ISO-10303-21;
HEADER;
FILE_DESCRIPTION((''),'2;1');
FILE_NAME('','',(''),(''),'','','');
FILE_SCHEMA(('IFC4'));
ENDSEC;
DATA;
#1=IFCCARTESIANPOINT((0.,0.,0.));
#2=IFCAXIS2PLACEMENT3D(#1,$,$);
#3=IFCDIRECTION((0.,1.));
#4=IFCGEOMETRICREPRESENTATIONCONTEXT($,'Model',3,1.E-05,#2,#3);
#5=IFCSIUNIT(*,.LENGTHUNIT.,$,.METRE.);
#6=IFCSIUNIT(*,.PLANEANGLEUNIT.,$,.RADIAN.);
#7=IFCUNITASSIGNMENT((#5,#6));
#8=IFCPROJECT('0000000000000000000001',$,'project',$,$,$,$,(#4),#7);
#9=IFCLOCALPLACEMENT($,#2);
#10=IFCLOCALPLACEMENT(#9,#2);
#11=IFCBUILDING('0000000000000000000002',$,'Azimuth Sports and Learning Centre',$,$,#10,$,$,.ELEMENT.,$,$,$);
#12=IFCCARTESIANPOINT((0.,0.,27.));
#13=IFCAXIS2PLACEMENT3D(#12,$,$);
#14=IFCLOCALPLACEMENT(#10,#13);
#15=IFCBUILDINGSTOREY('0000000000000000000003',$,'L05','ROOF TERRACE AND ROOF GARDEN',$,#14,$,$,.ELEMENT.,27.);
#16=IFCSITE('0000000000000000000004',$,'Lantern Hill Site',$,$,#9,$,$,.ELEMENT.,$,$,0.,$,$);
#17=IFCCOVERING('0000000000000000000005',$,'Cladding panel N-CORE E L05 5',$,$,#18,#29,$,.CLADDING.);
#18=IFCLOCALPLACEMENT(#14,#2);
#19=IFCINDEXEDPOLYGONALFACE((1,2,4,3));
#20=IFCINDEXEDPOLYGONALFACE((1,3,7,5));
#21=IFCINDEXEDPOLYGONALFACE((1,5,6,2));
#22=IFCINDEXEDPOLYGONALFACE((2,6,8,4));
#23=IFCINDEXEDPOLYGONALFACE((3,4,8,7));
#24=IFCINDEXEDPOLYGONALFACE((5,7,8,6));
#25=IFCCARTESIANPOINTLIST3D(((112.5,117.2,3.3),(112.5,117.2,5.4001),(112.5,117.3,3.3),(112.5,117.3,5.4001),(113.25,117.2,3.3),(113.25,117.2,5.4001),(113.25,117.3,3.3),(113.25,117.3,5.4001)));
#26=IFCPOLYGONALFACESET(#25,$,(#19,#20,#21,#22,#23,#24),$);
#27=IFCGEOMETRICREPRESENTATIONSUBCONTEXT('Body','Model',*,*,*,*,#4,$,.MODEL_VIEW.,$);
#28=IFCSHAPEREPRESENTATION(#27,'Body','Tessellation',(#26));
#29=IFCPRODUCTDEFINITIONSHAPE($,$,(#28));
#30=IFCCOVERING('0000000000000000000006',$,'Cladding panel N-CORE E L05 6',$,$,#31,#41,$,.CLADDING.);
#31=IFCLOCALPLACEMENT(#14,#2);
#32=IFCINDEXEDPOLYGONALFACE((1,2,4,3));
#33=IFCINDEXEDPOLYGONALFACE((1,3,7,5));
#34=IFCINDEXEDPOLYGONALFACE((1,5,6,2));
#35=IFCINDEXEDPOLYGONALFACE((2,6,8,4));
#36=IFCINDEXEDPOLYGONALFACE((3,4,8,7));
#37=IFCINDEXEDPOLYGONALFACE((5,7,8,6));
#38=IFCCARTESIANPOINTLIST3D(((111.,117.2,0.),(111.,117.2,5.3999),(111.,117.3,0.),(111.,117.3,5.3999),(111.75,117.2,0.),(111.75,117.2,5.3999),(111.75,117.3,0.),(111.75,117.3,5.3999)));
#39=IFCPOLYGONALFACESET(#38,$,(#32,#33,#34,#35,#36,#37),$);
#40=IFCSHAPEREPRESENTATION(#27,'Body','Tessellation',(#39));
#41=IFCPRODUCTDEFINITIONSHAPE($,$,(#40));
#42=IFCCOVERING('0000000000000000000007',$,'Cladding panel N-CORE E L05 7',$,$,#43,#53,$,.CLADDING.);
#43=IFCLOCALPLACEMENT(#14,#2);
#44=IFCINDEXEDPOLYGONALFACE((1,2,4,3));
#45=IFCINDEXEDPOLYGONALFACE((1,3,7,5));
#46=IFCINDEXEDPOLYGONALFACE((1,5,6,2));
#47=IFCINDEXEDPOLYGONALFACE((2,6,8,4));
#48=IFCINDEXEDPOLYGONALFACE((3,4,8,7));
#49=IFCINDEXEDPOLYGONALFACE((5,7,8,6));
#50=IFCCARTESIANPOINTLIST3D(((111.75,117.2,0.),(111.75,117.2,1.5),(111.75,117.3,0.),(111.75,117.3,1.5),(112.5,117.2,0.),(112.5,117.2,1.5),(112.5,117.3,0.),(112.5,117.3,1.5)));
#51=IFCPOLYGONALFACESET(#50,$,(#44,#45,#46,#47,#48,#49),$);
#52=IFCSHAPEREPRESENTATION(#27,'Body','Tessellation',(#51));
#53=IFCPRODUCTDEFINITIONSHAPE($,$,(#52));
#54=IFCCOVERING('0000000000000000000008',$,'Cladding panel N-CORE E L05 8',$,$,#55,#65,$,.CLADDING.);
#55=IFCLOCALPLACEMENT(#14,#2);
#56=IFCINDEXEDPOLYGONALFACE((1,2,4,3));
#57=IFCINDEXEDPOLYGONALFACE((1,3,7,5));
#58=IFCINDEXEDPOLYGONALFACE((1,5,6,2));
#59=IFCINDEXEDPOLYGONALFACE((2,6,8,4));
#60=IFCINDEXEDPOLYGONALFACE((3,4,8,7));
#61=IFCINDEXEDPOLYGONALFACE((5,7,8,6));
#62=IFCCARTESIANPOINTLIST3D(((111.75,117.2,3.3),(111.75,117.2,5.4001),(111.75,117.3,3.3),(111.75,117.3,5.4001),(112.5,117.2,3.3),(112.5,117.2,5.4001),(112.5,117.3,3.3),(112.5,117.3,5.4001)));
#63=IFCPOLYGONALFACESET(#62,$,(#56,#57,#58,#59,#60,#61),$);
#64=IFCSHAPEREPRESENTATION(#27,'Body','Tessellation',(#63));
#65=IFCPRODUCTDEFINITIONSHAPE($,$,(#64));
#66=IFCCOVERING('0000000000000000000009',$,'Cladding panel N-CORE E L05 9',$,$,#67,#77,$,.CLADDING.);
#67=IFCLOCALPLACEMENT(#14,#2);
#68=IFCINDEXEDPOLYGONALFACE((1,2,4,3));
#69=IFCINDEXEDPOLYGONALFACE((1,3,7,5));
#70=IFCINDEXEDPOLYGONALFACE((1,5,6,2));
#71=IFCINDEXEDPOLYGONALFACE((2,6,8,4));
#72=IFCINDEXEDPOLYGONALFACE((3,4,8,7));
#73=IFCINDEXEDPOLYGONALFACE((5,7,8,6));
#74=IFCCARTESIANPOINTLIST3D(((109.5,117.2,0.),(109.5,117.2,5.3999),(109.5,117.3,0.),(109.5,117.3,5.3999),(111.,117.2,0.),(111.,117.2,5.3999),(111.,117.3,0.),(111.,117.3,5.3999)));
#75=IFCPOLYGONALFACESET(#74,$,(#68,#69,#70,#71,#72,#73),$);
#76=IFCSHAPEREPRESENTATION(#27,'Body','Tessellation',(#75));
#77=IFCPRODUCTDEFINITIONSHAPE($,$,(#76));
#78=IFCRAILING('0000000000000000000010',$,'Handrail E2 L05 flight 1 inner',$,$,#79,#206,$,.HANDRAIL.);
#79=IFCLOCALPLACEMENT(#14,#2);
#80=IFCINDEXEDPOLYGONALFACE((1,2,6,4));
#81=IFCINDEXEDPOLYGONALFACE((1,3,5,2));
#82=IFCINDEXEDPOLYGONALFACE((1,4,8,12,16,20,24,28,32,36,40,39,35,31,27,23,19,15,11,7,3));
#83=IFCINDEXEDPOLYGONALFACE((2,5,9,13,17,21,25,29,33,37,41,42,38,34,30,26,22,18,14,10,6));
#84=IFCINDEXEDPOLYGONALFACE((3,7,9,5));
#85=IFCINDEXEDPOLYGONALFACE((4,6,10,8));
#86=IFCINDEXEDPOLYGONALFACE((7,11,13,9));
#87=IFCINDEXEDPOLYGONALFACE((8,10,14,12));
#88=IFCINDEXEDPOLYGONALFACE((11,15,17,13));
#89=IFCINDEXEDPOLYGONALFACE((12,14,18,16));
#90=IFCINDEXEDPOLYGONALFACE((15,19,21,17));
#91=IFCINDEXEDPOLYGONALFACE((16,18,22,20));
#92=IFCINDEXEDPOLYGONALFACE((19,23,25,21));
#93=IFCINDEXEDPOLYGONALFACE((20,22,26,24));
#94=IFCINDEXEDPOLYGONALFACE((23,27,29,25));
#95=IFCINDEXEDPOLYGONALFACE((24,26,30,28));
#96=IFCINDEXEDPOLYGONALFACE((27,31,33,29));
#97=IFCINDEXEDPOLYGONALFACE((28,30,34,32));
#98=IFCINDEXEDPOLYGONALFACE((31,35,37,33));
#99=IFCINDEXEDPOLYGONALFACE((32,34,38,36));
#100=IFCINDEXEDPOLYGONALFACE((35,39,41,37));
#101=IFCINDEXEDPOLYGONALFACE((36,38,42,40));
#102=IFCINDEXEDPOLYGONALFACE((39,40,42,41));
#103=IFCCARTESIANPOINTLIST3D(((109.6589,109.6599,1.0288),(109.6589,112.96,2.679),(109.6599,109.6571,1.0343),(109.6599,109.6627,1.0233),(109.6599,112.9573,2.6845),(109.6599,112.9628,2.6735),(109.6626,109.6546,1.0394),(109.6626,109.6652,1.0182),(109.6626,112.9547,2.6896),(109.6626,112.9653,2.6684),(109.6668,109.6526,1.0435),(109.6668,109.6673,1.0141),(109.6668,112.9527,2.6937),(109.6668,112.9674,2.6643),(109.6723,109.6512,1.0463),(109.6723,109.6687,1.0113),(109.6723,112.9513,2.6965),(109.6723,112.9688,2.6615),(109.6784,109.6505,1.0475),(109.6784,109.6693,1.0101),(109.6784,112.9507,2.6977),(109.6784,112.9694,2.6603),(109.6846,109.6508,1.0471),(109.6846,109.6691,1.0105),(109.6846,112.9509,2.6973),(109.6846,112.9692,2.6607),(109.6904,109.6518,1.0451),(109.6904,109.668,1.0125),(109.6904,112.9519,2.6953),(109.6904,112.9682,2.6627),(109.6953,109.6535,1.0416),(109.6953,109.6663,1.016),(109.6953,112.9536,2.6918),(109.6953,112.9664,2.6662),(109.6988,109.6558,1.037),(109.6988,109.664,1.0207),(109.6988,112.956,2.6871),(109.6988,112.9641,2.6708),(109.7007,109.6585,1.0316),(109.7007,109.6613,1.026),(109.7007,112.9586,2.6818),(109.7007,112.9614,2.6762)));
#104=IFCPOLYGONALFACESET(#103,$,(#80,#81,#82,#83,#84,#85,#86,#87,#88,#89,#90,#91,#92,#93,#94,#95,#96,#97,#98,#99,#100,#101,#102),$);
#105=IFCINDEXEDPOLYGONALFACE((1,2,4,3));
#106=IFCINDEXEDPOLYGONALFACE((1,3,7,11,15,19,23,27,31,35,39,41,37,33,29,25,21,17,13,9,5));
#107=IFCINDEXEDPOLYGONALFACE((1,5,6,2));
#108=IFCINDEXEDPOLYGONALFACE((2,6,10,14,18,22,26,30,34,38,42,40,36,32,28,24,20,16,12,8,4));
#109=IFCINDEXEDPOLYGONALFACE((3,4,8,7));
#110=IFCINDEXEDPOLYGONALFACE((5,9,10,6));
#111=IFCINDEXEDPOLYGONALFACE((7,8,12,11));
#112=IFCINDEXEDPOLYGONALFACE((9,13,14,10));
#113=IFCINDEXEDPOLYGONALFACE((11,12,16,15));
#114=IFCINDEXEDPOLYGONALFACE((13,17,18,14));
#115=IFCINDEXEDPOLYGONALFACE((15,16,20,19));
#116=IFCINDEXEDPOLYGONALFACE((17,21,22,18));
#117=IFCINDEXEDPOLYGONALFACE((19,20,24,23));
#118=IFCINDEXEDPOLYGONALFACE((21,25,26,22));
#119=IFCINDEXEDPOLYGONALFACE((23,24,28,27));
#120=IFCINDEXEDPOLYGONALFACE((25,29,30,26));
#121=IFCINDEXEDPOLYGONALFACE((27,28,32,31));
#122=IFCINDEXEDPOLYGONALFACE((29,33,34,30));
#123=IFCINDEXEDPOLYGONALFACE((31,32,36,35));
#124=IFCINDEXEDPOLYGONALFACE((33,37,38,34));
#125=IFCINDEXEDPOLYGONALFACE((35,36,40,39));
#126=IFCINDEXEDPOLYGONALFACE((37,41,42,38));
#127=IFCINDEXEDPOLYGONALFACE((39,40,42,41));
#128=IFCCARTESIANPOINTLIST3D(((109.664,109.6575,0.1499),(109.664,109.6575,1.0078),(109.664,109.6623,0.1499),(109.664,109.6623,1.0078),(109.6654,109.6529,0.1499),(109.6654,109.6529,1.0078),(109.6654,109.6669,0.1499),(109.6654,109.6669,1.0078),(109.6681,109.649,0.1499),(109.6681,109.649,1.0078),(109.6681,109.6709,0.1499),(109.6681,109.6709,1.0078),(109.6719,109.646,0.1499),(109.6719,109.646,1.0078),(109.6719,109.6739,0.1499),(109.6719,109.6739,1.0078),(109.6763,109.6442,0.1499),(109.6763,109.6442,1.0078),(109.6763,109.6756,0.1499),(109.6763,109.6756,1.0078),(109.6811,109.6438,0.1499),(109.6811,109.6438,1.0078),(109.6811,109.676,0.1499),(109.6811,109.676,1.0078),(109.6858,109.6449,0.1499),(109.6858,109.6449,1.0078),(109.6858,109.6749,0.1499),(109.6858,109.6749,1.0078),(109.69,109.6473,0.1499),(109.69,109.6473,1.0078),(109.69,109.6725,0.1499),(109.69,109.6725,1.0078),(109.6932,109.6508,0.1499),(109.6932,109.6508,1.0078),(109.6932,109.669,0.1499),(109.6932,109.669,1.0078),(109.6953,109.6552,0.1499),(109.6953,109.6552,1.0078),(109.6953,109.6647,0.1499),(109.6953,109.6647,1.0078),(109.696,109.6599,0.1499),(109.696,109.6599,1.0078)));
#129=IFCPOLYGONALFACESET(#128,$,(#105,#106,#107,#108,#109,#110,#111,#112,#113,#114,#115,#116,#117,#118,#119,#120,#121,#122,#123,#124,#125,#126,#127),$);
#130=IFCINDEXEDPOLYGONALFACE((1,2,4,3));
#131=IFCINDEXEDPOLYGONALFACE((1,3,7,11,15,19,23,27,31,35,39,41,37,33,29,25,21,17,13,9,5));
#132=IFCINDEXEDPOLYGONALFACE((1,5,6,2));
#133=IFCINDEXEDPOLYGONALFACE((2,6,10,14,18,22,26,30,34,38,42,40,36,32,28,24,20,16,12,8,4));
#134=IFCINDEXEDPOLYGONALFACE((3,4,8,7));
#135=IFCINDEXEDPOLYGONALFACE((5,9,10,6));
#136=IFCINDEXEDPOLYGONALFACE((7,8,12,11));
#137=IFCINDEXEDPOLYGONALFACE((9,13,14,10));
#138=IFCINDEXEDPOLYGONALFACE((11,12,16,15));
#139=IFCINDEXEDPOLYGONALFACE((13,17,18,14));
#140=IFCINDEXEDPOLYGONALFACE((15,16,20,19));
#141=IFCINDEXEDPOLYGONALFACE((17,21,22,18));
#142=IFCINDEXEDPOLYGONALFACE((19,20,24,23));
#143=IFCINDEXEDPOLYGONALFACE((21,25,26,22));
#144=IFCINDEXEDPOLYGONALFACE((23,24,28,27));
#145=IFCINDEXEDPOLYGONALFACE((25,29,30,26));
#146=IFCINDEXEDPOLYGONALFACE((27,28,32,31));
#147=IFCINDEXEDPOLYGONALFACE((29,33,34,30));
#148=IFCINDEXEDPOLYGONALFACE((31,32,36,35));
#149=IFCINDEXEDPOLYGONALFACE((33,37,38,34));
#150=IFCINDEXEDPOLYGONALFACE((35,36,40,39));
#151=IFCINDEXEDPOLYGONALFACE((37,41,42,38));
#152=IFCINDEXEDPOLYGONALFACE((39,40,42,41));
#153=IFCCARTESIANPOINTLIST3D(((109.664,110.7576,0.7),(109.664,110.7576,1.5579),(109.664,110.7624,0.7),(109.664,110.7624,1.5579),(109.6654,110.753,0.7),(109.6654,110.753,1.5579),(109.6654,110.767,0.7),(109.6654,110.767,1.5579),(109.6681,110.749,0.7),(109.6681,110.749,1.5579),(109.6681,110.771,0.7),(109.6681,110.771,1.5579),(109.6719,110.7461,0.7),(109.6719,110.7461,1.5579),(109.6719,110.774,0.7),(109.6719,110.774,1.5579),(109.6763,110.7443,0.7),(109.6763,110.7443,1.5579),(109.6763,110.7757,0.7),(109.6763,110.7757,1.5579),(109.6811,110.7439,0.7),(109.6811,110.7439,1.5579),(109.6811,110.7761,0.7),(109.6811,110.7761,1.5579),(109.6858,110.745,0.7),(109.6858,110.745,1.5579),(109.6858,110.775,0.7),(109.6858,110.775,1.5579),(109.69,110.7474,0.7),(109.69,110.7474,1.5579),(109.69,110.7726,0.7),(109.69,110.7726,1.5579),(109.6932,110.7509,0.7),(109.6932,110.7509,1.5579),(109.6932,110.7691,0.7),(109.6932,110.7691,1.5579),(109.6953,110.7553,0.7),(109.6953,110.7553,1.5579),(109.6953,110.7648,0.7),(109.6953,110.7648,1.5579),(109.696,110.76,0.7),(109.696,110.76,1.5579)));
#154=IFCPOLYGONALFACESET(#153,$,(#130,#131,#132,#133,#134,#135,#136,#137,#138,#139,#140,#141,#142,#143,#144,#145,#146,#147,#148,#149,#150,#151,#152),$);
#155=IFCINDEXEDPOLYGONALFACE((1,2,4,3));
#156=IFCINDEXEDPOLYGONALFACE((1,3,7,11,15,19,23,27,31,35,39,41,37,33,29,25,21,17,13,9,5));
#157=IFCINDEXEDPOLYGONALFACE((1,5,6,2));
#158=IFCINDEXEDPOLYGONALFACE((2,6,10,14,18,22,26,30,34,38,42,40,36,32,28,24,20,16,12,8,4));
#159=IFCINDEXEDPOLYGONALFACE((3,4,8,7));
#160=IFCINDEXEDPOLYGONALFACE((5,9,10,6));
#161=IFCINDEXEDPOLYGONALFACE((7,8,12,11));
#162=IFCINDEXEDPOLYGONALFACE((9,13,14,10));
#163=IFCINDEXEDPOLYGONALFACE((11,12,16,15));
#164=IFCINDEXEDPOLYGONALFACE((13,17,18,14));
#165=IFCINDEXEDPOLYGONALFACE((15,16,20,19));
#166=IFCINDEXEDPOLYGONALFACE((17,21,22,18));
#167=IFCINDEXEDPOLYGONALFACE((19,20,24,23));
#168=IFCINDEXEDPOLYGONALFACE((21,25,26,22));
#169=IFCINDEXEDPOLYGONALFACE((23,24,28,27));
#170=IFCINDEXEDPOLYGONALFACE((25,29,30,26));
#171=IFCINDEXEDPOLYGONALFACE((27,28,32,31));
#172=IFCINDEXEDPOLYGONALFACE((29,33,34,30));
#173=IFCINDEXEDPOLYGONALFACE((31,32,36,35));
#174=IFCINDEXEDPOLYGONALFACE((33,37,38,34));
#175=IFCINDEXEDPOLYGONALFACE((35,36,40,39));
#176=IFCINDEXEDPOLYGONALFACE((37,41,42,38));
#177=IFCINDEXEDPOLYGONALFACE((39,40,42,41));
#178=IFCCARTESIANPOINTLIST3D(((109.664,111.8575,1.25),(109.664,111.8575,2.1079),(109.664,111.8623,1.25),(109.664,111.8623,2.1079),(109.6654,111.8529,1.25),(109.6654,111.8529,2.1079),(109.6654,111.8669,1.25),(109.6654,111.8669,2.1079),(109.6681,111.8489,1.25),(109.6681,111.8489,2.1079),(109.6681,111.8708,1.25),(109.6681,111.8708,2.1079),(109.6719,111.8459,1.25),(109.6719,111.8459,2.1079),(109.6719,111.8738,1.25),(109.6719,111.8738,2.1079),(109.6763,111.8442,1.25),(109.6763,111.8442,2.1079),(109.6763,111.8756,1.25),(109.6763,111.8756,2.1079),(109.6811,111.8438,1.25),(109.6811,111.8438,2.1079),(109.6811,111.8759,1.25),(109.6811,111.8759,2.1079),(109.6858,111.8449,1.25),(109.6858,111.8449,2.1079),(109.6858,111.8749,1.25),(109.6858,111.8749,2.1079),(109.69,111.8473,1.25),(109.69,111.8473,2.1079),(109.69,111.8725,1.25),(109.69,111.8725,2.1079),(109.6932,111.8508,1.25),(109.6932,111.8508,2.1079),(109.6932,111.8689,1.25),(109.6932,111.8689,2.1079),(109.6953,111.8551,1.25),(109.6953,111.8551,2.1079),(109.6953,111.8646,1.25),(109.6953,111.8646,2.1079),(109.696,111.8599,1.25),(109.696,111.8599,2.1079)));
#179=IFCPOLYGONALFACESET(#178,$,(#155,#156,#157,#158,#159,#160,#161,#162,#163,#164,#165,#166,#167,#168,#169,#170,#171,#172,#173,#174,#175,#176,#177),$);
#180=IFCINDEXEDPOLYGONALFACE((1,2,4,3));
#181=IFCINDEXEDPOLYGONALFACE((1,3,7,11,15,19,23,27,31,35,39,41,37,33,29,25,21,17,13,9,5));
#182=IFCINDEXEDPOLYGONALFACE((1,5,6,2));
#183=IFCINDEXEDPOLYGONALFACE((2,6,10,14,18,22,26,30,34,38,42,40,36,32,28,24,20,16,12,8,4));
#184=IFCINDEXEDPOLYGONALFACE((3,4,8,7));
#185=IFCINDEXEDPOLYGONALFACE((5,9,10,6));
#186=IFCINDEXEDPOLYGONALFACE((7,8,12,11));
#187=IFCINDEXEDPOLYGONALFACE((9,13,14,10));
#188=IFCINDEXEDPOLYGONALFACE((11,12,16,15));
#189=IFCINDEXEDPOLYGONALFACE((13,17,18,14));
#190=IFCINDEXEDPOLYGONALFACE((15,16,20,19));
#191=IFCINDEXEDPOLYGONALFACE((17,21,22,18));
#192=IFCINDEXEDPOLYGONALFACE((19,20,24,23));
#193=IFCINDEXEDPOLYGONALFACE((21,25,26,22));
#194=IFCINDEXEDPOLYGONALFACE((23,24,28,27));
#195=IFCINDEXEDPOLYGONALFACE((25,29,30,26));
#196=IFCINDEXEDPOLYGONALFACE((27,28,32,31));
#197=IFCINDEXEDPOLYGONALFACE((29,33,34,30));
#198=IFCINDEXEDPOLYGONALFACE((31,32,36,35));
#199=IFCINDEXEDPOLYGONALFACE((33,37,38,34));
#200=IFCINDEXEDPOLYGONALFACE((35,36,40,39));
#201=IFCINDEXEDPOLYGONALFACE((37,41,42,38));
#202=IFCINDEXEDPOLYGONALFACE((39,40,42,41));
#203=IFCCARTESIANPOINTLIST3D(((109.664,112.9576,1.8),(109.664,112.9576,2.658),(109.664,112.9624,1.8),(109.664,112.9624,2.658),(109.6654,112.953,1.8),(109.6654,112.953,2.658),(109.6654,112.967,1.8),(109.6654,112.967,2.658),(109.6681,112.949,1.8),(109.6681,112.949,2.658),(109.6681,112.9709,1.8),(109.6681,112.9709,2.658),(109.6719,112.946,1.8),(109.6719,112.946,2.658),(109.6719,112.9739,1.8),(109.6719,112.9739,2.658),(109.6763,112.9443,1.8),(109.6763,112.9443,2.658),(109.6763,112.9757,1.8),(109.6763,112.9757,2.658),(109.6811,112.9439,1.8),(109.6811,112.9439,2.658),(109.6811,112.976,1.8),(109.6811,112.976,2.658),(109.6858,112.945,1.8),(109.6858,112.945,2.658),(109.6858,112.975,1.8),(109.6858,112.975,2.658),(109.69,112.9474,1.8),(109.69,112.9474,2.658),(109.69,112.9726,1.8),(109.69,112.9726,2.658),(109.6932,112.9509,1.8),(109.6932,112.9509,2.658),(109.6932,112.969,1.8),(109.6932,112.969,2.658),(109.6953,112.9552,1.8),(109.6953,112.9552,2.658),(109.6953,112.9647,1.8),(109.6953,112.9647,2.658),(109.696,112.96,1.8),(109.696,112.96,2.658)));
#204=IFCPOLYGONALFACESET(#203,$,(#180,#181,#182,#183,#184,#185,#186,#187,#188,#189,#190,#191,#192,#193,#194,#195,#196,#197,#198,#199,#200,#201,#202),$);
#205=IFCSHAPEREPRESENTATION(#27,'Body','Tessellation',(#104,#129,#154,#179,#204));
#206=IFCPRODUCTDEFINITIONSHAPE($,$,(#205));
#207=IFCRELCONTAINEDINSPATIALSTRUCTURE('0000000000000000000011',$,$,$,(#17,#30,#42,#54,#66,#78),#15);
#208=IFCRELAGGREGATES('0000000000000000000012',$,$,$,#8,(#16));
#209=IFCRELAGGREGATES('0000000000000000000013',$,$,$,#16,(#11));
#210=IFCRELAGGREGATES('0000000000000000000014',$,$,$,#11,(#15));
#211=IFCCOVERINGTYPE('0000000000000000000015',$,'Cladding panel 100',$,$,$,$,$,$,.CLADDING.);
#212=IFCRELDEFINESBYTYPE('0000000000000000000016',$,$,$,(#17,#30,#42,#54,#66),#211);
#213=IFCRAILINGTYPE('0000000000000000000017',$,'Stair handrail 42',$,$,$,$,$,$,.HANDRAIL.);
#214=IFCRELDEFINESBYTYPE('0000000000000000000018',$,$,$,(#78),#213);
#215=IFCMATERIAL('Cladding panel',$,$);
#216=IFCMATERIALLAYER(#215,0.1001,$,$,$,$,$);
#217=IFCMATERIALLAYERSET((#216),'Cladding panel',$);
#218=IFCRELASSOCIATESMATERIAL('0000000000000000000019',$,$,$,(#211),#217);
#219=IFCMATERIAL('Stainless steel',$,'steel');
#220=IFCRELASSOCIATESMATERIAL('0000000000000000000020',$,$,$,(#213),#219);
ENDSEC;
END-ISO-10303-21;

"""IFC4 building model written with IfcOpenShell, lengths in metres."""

from ifc_helpers import new_model, si_unit, direction, frame, origin, origin_2d, place, context, subcontext, project, spatial, rectangle, circle, extrude, material, layer, layer_set, type_object, element, save


model = new_model("IFC4")

# Units and contexts
model_context = context("Model", 3, precision=1e-05, world=origin(), true_north=direction((0.0, 1.0)))
body_context = subcontext(model_context, "Body", "Model", "MODEL_VIEW")
ifc_project = project(units=[si_unit("LENGTHUNIT", "METRE"), si_unit("PLANEANGLEUNIT", "RADIAN")], contexts=[model_context])

# Site, building, storey
site_placement = place(None, origin())
site = spatial("IfcSite", under=ifc_project, at=site_placement, Name="Lantern Hill Site", CompositionType="ELEMENT", RefElevation=0.0)
building_placement = place(site_placement, origin())
building = spatial("IfcBuilding", under=site, at=building_placement, Name="Azimuth Sports and Learning Centre", CompositionType="ELEMENT")
storey_placement = place(building_placement, frame((0.0, 0.0, 27.0)))
storey = spatial("IfcBuildingStorey", under=building, at=storey_placement, Name="L05", Description="ROOF TERRACE AND ROOF GARDEN", CompositionType="ELEMENT", Elevation=27.0)

# Coverings
ifc_material_1 = material(Name="Cladding panel")
ifc_layer = layer(ifc_material_1, 0.1001)
ifc_layer_set = layer_set([ifc_layer], Name="Cladding panel")
covering_type = type_object("IfcCoveringType", Name="Cladding panel 100", PredefinedType="CLADDING", material=ifc_layer_set)
covering_1_placement = place(storey_placement, frame((112.875, 117.25, 3.3), z_axis=(0.0, 0.0, 1.0), x_axis=(-1.0, 0.0, 0.0)))
element("IfcCovering", 1, at=covering_1_placement, inside=storey, type_object=covering_type, Name="Cladding panel N-CORE E L05 5", PredefinedType="CLADDING", context=body_context, shape_type="SweptSolid", body=[
    extrude(rectangle(XDim=0.75, YDim=0.1001, at=origin_2d()), origin(), (0.0, 0.0, 1.0), 2.1001),
])
covering_2_placement = place(storey_placement, frame((111.375, 117.25, 0.0), z_axis=(0.0, 0.0, 1.0), x_axis=(-1.0, 0.0, 0.0)))
element("IfcCovering", 2, at=covering_2_placement, inside=storey, type_object=covering_type, Name="Cladding panel N-CORE E L05 6", PredefinedType="CLADDING", context=body_context, shape_type="SweptSolid", body=[
    extrude(rectangle(XDim=0.75, YDim=0.1001, at=origin_2d()), origin(), (0.0, 0.0, 1.0), 5.3999),
])
covering_3_placement = place(storey_placement, frame((112.125, 117.25, 0.0), z_axis=(0.0, 0.0, 1.0), x_axis=(-1.0, 0.0, 0.0)))
element("IfcCovering", 3, at=covering_3_placement, inside=storey, type_object=covering_type, Name="Cladding panel N-CORE E L05 7", PredefinedType="CLADDING", context=body_context, shape_type="SweptSolid", body=[
    extrude(rectangle(XDim=0.75, YDim=0.1001, at=origin_2d()), origin(), (0.0, 0.0, 1.0), 1.5),
])
covering_4_placement = place(storey_placement, frame((112.125, 117.25, 3.3), z_axis=(0.0, 0.0, 1.0), x_axis=(-1.0, 0.0, 0.0)))
element("IfcCovering", 4, at=covering_4_placement, inside=storey, type_object=covering_type, Name="Cladding panel N-CORE E L05 8", PredefinedType="CLADDING", context=body_context, shape_type="SweptSolid", body=[
    extrude(rectangle(XDim=0.75, YDim=0.1001, at=origin_2d()), origin(), (0.0, 0.0, 1.0), 2.1001),
])
covering_5_placement = place(storey_placement, frame((110.25, 117.25, 0.0), z_axis=(0.0, 0.0, 1.0), x_axis=(-1.0, 0.0, 0.0)))
element("IfcCovering", 5, at=covering_5_placement, inside=storey, type_object=covering_type, Name="Cladding panel N-CORE E L05 9", PredefinedType="CLADDING", context=body_context, shape_type="SweptSolid", body=[
    extrude(rectangle(XDim=1.5, YDim=0.1001, at=origin_2d()), origin(), (0.0, 0.0, 1.0), 5.3999),
])

# Railing
ifc_material_2 = material(Name="Stainless steel", Category="steel")
railing_type_1 = type_object("IfcRailingType", Name="Stair handrail 42", PredefinedType="HANDRAIL", material=ifc_material_2)
railing_1_placement = place(storey_placement, frame((109.6799, 109.6599, 0.1499)))
element("IfcRailing", 6, at=railing_1_placement, inside=storey, type_object=railing_type_1, Name="Handrail E2 L05 flight 1 inner", PredefinedType="HANDRAIL", context=body_context, shape_type="SweptSolid", body=[
    extrude(circle(Radius=0.021, at=origin_2d()), frame((0.0, 0.0, 0.8789), z_axis=(0.0, 0.894414, 0.44724), x_axis=(-1.0, 0.0, 0.0)), (0.0, 0.0, 1.0), 3.6897),
    extrude(circle(Radius=0.0161, at=origin_2d()), origin(), (0.0, 0.0, 1.0), 0.8579),
    extrude(circle(Radius=0.0161, at=origin_2d()), frame((0.0, 1.1001, 0.55)), (0.0, 0.0, 1.0), 0.8579),
    extrude(circle(Radius=0.0161, at=origin_2d()), frame((0.0, 2.2, 1.1001)), (0.0, 0.0, 1.0), 0.8579),
    extrude(circle(Radius=0.0161, at=origin_2d()), frame((0.0, 3.3, 1.6501)), (0.0, 0.0, 1.0), 0.8579),
])

save(model, "model.ifc")
